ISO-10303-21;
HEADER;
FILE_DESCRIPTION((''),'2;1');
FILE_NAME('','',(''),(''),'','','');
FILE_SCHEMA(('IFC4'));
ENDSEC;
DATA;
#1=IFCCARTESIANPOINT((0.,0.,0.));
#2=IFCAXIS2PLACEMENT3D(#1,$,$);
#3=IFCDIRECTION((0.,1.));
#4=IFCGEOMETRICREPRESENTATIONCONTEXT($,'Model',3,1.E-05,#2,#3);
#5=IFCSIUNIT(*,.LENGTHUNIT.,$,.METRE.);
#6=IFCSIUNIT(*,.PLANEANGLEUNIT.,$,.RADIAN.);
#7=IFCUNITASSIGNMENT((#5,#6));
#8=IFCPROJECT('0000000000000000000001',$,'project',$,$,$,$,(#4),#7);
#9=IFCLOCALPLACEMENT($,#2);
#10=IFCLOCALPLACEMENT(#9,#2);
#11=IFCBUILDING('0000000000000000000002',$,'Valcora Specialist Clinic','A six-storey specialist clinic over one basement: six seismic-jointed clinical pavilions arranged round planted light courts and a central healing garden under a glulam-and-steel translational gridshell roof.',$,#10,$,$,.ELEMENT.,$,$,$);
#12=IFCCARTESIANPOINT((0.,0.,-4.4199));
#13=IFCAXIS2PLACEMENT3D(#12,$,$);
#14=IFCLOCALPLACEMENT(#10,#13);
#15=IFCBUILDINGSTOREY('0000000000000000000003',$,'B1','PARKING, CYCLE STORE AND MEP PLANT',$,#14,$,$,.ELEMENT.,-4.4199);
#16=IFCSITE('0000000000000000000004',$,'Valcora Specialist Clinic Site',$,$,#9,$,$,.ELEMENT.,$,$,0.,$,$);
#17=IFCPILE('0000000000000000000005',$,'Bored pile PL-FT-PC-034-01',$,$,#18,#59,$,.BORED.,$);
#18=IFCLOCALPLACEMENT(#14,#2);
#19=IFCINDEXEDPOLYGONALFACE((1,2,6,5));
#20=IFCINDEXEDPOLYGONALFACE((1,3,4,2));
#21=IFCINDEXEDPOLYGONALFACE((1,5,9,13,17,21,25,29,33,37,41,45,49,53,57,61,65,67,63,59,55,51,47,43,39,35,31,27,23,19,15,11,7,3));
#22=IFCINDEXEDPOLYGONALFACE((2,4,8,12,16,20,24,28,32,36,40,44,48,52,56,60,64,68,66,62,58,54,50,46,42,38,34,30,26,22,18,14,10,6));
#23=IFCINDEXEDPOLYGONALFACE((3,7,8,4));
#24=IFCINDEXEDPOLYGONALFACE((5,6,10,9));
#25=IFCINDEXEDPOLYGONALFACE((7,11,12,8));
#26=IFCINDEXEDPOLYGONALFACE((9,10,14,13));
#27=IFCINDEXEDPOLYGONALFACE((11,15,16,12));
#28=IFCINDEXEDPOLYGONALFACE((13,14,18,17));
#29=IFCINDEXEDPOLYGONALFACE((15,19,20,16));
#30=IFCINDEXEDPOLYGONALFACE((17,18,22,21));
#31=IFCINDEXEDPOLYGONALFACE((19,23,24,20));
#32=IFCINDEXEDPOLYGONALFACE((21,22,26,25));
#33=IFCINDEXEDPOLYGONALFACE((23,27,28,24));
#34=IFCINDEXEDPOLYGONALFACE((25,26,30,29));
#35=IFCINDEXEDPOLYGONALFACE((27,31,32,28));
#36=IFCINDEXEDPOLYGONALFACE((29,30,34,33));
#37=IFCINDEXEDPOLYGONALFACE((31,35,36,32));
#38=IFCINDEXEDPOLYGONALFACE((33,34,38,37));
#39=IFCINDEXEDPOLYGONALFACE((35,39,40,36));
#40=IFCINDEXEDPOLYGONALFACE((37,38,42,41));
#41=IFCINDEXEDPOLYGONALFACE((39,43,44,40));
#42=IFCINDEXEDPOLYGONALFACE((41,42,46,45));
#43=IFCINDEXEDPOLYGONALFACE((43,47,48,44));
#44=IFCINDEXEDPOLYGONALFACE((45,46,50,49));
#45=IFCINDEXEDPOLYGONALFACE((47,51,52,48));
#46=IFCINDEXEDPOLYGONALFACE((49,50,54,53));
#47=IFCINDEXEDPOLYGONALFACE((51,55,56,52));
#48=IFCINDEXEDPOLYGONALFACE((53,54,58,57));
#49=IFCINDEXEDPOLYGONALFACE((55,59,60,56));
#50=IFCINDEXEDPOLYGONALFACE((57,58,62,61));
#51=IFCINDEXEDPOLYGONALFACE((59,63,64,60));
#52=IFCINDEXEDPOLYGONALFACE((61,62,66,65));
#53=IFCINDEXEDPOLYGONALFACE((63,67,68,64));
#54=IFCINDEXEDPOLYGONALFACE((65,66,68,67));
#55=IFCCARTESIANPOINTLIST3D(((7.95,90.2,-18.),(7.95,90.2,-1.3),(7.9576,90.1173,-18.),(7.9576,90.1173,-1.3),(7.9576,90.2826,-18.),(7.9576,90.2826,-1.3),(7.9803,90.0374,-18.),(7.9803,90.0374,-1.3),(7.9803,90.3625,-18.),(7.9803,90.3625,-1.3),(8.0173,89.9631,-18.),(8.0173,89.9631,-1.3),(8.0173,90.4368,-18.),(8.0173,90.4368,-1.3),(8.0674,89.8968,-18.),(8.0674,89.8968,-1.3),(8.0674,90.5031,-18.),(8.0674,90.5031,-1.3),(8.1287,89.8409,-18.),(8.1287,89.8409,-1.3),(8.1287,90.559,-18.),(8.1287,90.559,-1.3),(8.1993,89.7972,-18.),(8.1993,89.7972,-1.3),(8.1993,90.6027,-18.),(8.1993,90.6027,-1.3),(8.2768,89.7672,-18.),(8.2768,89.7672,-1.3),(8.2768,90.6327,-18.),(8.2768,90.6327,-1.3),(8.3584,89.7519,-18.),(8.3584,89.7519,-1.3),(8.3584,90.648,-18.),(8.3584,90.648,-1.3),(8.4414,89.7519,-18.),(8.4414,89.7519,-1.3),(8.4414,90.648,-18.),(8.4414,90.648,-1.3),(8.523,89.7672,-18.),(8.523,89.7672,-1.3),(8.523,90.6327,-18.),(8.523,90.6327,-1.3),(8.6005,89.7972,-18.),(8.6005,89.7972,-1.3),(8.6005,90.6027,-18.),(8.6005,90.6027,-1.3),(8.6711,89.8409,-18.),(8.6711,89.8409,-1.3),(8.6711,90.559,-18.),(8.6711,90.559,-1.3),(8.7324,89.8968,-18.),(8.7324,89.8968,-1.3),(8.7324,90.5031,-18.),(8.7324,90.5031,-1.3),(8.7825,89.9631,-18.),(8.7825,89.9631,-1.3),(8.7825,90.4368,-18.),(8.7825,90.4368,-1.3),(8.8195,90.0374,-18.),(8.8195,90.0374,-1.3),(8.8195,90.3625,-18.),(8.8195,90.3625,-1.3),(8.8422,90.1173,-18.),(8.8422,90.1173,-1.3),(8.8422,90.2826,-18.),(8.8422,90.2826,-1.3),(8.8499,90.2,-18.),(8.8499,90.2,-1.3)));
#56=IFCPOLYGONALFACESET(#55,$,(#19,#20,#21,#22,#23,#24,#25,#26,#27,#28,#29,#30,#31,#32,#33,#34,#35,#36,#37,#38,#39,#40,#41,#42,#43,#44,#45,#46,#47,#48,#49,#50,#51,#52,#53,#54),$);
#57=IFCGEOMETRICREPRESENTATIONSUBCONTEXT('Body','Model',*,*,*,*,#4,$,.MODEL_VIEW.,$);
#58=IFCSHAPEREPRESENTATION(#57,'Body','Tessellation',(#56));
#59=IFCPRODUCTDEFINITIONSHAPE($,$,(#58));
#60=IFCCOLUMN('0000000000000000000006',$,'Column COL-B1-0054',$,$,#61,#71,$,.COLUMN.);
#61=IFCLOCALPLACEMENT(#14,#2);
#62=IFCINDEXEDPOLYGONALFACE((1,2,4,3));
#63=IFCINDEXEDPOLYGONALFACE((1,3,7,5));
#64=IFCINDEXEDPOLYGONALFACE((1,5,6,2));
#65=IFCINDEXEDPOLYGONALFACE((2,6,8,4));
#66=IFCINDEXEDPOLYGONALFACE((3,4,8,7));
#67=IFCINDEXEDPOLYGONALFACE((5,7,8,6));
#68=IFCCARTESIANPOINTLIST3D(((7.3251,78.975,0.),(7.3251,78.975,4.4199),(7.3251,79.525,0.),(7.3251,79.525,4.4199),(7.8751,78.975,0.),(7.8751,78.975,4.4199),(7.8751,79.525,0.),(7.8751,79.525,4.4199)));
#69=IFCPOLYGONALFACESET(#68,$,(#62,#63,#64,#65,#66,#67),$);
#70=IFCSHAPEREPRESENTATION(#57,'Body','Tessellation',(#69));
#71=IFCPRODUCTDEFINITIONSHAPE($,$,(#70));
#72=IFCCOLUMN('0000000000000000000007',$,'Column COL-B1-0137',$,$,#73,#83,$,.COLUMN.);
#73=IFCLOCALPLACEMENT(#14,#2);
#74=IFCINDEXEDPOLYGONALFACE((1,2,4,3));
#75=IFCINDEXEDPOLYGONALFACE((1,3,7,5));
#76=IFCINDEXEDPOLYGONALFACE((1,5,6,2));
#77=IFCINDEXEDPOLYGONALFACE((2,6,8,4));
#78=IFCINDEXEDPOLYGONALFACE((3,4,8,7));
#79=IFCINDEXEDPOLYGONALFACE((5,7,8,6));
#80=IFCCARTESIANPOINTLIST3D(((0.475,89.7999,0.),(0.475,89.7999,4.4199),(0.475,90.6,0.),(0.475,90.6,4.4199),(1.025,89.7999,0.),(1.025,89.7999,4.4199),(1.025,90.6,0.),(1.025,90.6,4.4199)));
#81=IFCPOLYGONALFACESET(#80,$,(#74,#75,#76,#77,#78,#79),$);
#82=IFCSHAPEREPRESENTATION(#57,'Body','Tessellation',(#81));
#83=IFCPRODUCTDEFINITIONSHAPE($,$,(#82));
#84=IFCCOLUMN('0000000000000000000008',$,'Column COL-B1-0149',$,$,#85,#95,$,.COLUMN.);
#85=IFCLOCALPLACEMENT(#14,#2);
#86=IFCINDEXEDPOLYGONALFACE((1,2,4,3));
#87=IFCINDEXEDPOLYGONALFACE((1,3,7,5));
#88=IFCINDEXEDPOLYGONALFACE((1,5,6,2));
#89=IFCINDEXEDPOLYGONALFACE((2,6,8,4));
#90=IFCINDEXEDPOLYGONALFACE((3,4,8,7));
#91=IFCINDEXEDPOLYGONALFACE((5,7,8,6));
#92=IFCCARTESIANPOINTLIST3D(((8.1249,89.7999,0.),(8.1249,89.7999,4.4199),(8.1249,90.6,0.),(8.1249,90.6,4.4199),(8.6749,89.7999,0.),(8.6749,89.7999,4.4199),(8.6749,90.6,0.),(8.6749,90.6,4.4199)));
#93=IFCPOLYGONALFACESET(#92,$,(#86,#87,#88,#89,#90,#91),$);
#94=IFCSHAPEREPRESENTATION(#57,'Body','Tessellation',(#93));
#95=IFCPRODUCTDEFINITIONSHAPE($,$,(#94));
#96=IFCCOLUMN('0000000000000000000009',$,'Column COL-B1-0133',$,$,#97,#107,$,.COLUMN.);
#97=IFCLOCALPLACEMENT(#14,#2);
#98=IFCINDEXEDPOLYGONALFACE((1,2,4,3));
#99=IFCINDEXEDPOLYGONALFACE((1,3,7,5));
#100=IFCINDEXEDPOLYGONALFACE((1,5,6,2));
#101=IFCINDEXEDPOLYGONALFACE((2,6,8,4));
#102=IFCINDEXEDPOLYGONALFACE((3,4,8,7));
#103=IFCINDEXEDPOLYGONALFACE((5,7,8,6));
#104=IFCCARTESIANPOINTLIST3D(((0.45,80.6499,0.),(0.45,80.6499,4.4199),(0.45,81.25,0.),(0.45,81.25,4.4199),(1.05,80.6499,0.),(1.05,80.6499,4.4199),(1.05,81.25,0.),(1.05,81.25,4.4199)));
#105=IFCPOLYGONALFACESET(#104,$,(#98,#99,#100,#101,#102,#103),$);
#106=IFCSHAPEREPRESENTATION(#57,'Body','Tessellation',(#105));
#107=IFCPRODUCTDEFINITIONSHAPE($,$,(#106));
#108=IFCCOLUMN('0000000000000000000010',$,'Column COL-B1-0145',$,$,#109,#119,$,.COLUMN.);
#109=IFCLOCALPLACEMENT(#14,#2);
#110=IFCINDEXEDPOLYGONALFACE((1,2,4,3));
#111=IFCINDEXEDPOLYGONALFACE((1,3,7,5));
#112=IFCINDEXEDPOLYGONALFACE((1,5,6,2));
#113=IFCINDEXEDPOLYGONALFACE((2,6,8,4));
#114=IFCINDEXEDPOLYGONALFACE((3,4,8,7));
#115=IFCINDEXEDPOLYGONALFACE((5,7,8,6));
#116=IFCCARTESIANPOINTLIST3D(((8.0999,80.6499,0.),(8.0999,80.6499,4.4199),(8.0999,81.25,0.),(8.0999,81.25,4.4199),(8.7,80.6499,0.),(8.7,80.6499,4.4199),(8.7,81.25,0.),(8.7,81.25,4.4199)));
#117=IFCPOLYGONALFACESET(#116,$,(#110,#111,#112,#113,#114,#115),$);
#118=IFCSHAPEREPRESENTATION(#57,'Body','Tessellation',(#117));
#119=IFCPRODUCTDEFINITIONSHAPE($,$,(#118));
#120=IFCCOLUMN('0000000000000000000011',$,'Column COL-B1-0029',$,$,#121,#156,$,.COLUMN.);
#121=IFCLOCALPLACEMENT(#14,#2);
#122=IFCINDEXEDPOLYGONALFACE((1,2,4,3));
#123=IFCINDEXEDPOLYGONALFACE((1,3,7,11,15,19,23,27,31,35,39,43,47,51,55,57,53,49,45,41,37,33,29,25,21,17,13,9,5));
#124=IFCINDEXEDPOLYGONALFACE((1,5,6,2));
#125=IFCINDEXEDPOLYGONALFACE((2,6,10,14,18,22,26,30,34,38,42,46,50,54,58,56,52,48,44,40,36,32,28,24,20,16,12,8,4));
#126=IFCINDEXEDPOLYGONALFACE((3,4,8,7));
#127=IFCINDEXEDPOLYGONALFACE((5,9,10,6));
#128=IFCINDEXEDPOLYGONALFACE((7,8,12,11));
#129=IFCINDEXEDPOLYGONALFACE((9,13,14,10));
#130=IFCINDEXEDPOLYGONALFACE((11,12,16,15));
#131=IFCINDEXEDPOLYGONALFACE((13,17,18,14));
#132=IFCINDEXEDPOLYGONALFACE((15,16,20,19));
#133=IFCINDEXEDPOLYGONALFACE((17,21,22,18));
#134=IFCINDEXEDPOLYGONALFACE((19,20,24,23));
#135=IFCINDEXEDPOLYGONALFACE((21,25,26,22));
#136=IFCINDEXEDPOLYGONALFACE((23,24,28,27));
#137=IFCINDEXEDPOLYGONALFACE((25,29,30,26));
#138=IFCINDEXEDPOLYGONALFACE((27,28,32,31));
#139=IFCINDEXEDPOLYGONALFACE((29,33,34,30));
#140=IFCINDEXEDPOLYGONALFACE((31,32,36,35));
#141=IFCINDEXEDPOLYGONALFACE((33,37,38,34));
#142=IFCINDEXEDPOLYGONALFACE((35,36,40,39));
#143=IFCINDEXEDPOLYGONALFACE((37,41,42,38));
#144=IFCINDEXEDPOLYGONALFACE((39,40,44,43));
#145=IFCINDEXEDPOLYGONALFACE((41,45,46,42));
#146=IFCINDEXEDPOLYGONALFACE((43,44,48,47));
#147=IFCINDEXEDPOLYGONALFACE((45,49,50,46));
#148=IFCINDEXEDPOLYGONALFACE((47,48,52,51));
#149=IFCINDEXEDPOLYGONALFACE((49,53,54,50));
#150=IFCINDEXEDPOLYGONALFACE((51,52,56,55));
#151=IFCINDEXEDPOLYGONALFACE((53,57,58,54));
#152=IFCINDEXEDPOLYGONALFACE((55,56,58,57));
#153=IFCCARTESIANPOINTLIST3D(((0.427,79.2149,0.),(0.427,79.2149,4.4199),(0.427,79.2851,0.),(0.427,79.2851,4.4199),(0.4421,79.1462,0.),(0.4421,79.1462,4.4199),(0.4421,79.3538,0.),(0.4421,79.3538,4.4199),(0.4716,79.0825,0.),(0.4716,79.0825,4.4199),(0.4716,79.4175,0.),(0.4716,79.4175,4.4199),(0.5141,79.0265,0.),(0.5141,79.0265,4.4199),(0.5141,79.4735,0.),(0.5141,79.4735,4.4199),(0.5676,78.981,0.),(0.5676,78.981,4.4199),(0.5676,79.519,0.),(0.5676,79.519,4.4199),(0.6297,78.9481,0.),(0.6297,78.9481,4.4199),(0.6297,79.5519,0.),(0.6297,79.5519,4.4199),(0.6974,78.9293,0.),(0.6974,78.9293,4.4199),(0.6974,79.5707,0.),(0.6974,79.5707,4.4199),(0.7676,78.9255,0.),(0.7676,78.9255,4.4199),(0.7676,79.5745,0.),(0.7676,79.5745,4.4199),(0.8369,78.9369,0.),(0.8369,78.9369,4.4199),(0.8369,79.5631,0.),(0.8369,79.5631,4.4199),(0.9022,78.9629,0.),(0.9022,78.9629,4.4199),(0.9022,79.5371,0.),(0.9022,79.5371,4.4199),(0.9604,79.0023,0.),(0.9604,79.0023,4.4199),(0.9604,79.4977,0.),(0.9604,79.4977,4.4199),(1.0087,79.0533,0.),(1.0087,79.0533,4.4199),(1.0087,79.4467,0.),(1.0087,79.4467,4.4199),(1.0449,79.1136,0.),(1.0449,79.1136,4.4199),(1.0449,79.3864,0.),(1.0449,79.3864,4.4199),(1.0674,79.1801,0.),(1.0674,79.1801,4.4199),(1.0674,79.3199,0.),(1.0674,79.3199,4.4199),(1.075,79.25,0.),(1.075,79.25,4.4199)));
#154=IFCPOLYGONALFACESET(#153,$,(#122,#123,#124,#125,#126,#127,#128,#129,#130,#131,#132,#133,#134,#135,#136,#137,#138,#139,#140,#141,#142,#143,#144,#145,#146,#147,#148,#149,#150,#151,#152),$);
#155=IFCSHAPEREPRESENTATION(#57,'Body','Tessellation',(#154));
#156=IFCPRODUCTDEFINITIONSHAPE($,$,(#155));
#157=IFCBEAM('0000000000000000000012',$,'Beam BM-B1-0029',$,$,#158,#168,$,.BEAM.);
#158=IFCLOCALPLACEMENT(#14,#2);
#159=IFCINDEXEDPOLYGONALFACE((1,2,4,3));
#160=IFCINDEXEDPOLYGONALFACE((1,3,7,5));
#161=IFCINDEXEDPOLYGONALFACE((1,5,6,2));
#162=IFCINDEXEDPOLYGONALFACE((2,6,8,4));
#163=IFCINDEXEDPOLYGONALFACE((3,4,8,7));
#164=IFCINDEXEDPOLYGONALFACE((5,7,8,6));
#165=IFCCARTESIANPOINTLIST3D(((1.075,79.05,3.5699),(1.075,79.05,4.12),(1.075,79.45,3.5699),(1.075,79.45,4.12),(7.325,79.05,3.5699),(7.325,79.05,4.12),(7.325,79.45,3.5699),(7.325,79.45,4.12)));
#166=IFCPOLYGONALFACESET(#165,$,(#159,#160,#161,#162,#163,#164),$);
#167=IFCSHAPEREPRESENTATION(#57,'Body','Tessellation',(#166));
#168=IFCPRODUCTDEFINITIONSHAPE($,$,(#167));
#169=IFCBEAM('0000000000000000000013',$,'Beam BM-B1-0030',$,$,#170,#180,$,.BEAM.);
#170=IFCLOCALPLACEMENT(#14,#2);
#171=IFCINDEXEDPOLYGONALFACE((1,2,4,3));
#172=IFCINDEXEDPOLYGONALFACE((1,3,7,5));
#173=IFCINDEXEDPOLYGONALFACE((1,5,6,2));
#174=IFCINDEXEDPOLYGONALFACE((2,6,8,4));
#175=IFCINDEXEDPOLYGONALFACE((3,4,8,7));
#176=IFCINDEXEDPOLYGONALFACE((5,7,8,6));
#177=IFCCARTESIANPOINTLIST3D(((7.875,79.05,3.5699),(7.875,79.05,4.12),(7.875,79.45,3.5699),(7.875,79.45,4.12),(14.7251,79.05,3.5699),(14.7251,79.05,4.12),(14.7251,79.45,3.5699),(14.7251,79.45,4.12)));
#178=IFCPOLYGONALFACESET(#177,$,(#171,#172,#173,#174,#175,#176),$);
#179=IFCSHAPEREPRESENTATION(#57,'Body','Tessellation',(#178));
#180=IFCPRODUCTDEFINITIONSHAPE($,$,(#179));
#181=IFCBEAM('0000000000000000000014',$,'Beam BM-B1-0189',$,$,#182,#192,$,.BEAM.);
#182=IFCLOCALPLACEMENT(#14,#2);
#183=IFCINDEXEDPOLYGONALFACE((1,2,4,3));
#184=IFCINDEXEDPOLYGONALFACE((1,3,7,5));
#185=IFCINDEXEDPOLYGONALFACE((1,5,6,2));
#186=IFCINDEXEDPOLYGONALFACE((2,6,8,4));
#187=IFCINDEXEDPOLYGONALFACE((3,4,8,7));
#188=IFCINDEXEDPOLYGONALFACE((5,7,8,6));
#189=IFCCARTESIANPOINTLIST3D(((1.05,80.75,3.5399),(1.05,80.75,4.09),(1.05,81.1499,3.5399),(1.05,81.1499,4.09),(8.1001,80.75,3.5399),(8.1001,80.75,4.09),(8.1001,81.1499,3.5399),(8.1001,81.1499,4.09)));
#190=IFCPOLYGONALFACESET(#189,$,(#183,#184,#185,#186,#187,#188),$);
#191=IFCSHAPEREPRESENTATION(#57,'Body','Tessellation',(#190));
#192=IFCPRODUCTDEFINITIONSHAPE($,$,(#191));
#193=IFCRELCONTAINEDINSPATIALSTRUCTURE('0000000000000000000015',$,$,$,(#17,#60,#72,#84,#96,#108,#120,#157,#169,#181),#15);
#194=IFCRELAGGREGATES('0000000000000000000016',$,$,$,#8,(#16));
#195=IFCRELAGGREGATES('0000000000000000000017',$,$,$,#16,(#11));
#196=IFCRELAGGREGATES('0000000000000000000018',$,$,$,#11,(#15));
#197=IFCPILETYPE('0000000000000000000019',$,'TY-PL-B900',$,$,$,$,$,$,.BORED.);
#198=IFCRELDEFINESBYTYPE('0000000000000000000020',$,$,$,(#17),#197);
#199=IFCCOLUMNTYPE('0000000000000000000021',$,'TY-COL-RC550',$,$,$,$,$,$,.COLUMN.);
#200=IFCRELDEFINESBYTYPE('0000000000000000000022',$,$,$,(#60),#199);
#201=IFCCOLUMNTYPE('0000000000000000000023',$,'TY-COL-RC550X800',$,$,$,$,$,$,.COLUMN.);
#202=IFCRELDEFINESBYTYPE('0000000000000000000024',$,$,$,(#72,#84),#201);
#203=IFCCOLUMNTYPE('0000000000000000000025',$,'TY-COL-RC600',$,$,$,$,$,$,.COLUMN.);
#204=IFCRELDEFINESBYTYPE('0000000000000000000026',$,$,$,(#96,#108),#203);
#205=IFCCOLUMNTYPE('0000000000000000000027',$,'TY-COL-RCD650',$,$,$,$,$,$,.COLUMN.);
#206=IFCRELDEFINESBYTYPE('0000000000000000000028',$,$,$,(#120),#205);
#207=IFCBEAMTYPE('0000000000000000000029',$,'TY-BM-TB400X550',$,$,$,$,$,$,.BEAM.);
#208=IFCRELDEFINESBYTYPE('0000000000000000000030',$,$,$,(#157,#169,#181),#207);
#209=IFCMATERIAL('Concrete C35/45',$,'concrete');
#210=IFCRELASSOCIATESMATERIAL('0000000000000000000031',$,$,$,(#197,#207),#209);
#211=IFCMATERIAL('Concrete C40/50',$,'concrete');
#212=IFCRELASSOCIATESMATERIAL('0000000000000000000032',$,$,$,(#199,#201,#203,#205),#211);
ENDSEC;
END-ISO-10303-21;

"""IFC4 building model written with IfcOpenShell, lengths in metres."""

from ifc_helpers import new_model, si_unit, direction, frame, origin, origin_2d, place, context, subcontext, project, spatial, rectangle, circle, extrude, material, material_profile, profile_set, type_object, element, save


model = new_model("IFC4")

# Units and contexts
model_context = context("Model", 3, precision=1e-05, world=origin(), true_north=direction((0.0, 1.0)))
body_context = subcontext(model_context, "Body", "Model", "MODEL_VIEW")
ifc_project = project(units=[si_unit("LENGTHUNIT", "METRE"), si_unit("PLANEANGLEUNIT", "RADIAN")], contexts=[model_context])

# Site, building, storey
site_placement = place(None, origin())
site = spatial("IfcSite", under=ifc_project, at=site_placement, Name="Valcora Specialist Clinic Site", CompositionType="ELEMENT", RefElevation=0.0)
building_placement = place(site_placement, origin())
building = spatial("IfcBuilding", under=site, at=building_placement, Name="Valcora Specialist Clinic", Description="A six-storey specialist clinic over one basement: six seismic-jointed clinical pavilions arranged round planted light courts and a central healing garden under a glulam-and-steel translational gridshell roof.", CompositionType="ELEMENT")
storey_placement = place(building_placement, frame((0.0, 0.0, -4.4199)))
storey = spatial("IfcBuildingStorey", under=building, at=storey_placement, Name="B1", Description="PARKING, CYCLE STORE AND MEP PLANT", CompositionType="ELEMENT", Elevation=-4.4199)

# Shared definitions
ifc_material_1 = material(Name="Concrete C35/45", Category="concrete")

# Pile
ifc_material_profile_1 = material_profile(ifc_material_1, circle(Radius=0.45, at=origin_2d()), Name="RC-PIL-D900")
ifc_profile_set_1 = profile_set([ifc_material_profile_1], Name="Concrete C35/45")
pile_type = type_object("IfcPileType", Name="TY-PL-B900", PredefinedType="BORED", material=ifc_profile_set_1)
for number, where, z_axis, x_axis, name in (
    (1, (8.3999, 90.2, -1.3), (0.0, 0.0, -1.0), (1.0, 0.0, 0.0), "Bored pile PL-FT-PC-034-01"),
):
    element("IfcPile", number, at=place(storey_placement, frame(where, z_axis=z_axis, x_axis=x_axis)), inside=storey, type_object=pile_type, Name=name, PredefinedType="BORED", context=body_context, shape_type="SweptSolid", body=[
        extrude(circle(Radius=0.45, at=origin_2d()), origin(), (0.0, 0.0, 1.0), 16.7),
    ])

# Columns
ifc_material_2 = material(Name="Concrete C40/50", Category="concrete")
ifc_material_profile_2 = material_profile(ifc_material_2, rectangle(XDim=0.55, YDim=0.55, at=origin_2d()), Name="RC-COL-550X550")
ifc_profile_set_2 = profile_set([ifc_material_profile_2], Name="Concrete C40/50")
column_type_1 = type_object("IfcColumnType", Name="TY-COL-RC550", PredefinedType="COLUMN", material=ifc_profile_set_2)
column_1_placement = place(storey_placement, frame((7.6001, 79.25, 0.0), z_axis=(0.0, 0.0, 1.0), x_axis=(1.0, 0.0, 0.0)))
element("IfcColumn", 2, at=column_1_placement, inside=storey, type_object=column_type_1, Name="Column COL-B1-0054", PredefinedType="COLUMN", context=body_context, shape_type="SweptSolid", body=[
    extrude(rectangle(XDim=0.55, YDim=0.55, at=origin_2d()), origin(), (0.0, 0.0, 1.0), 4.4199),
])
ifc_material_profile_3 = material_profile(ifc_material_2, rectangle(XDim=0.55, YDim=0.8, at=origin_2d()), Name="RC-COL-550X800")
ifc_profile_set_3 = profile_set([ifc_material_profile_3], Name="Concrete C40/50")
column_type_2 = type_object("IfcColumnType", Name="TY-COL-RC550X800", PredefinedType="COLUMN", material=ifc_profile_set_3)
for number, where, z_axis, x_axis, name in (
    (3, (0.75, 90.2, 0.0), (0.0, 0.0, 1.0), (1.0, 0.0, 0.0), "Column COL-B1-0137"),
    (4, (8.3999, 90.2, 0.0), (0.0, 0.0, 1.0), (1.0, 0.0, 0.0), "Column COL-B1-0149"),
):
    element("IfcColumn", number, at=place(storey_placement, frame(where, z_axis=z_axis, x_axis=x_axis)), inside=storey, type_object=column_type_2, Name=name, PredefinedType="COLUMN", context=body_context, shape_type="SweptSolid", body=[
        extrude(rectangle(XDim=0.55, YDim=0.8, at=origin_2d()), origin(), (0.0, 0.0, 1.0), 4.4199),
    ])
ifc_material_profile_4 = material_profile(ifc_material_2, rectangle(XDim=0.6001, YDim=0.6001, at=origin_2d()), Name="RC-COL-600X600")
ifc_profile_set_4 = profile_set([ifc_material_profile_4], Name="Concrete C40/50")
column_type_3 = type_object("IfcColumnType", Name="TY-COL-RC600", PredefinedType="COLUMN", material=ifc_profile_set_4)
for number, where, z_axis, x_axis, name in (
    (5, (0.75, 80.95, 0.0), (0.0, 0.0, 1.0), (1.0, 0.0, 0.0), "Column COL-B1-0133"),
    (6, (8.3999, 80.95, 0.0), (0.0, 0.0, 1.0), (1.0, 0.0, 0.0), "Column COL-B1-0145"),
):
    element("IfcColumn", number, at=place(storey_placement, frame(where, z_axis=z_axis, x_axis=x_axis)), inside=storey, type_object=column_type_3, Name=name, PredefinedType="COLUMN", context=body_context, shape_type="SweptSolid", body=[
        extrude(rectangle(XDim=0.6001, YDim=0.6001, at=origin_2d()), origin(), (0.0, 0.0, 1.0), 4.4199),
    ])
ifc_material_profile_5 = material_profile(ifc_material_2, circle(Radius=0.325, at=origin_2d()), Name="RC-COL-D650")
ifc_profile_set_5 = profile_set([ifc_material_profile_5], Name="Concrete C40/50")
column_type_4 = type_object("IfcColumnType", Name="TY-COL-RCD650", PredefinedType="COLUMN", material=ifc_profile_set_5)
column_2_placement = place(storey_placement, frame((0.75, 79.25, 0.0), z_axis=(0.0, 0.0, 1.0), x_axis=(1.0, 0.0, 0.0)))
element("IfcColumn", 7, at=column_2_placement, inside=storey, type_object=column_type_4, Name="Column COL-B1-0029", PredefinedType="COLUMN", context=body_context, shape_type="SweptSolid", body=[
    extrude(circle(Radius=0.325, at=origin_2d()), origin(), (0.0, 0.0, 1.0), 4.4199),
])

# Beams
ifc_material_profile_6 = material_profile(ifc_material_1, rectangle(XDim=0.3999, YDim=0.55, at=origin_2d()), Name="RC-TB-400X550")
ifc_profile_set_6 = profile_set([ifc_material_profile_6], Name="Concrete C35/45")
beam_type = type_object("IfcBeamType", Name="TY-BM-TB400X550", PredefinedType="BEAM", material=ifc_profile_set_6)
beam_1_placement = place(storey_placement, frame((1.075, 79.25, 3.845), z_axis=(1.0, 0.0, 0.0), x_axis=(0.0, 1.0, 0.0)))
element("IfcBeam", 8, at=beam_1_placement, inside=storey, type_object=beam_type, Name="Beam BM-B1-0029", PredefinedType="BEAM", context=body_context, shape_type="SweptSolid", body=[
    extrude(rectangle(XDim=0.3999, YDim=0.55, at=origin_2d()), origin(), (0.0, 0.0, 1.0), 6.25),
])
beam_2_placement = place(storey_placement, frame((7.875, 79.25, 3.845), z_axis=(1.0, 0.0, 0.0), x_axis=(0.0, 1.0, 0.0)))
element("IfcBeam", 9, at=beam_2_placement, inside=storey, type_object=beam_type, Name="Beam BM-B1-0030", PredefinedType="BEAM", context=body_context, shape_type="SweptSolid", body=[
    extrude(rectangle(XDim=0.3999, YDim=0.55, at=origin_2d()), origin(), (0.0, 0.0, 1.0), 6.8501),
])
beam_3_placement = place(storey_placement, frame((1.05, 80.95, 3.8149), z_axis=(1.0, 0.0, 0.0), x_axis=(0.0, 1.0, 0.0)))
element("IfcBeam", 10, at=beam_3_placement, inside=storey, type_object=beam_type, Name="Beam BM-B1-0189", PredefinedType="BEAM", context=body_context, shape_type="SweptSolid", body=[
    extrude(rectangle(XDim=0.3999, YDim=0.55, at=origin_2d()), origin(), (0.0, 0.0, 1.0), 7.05),
])

save(model, "model.ifc")
